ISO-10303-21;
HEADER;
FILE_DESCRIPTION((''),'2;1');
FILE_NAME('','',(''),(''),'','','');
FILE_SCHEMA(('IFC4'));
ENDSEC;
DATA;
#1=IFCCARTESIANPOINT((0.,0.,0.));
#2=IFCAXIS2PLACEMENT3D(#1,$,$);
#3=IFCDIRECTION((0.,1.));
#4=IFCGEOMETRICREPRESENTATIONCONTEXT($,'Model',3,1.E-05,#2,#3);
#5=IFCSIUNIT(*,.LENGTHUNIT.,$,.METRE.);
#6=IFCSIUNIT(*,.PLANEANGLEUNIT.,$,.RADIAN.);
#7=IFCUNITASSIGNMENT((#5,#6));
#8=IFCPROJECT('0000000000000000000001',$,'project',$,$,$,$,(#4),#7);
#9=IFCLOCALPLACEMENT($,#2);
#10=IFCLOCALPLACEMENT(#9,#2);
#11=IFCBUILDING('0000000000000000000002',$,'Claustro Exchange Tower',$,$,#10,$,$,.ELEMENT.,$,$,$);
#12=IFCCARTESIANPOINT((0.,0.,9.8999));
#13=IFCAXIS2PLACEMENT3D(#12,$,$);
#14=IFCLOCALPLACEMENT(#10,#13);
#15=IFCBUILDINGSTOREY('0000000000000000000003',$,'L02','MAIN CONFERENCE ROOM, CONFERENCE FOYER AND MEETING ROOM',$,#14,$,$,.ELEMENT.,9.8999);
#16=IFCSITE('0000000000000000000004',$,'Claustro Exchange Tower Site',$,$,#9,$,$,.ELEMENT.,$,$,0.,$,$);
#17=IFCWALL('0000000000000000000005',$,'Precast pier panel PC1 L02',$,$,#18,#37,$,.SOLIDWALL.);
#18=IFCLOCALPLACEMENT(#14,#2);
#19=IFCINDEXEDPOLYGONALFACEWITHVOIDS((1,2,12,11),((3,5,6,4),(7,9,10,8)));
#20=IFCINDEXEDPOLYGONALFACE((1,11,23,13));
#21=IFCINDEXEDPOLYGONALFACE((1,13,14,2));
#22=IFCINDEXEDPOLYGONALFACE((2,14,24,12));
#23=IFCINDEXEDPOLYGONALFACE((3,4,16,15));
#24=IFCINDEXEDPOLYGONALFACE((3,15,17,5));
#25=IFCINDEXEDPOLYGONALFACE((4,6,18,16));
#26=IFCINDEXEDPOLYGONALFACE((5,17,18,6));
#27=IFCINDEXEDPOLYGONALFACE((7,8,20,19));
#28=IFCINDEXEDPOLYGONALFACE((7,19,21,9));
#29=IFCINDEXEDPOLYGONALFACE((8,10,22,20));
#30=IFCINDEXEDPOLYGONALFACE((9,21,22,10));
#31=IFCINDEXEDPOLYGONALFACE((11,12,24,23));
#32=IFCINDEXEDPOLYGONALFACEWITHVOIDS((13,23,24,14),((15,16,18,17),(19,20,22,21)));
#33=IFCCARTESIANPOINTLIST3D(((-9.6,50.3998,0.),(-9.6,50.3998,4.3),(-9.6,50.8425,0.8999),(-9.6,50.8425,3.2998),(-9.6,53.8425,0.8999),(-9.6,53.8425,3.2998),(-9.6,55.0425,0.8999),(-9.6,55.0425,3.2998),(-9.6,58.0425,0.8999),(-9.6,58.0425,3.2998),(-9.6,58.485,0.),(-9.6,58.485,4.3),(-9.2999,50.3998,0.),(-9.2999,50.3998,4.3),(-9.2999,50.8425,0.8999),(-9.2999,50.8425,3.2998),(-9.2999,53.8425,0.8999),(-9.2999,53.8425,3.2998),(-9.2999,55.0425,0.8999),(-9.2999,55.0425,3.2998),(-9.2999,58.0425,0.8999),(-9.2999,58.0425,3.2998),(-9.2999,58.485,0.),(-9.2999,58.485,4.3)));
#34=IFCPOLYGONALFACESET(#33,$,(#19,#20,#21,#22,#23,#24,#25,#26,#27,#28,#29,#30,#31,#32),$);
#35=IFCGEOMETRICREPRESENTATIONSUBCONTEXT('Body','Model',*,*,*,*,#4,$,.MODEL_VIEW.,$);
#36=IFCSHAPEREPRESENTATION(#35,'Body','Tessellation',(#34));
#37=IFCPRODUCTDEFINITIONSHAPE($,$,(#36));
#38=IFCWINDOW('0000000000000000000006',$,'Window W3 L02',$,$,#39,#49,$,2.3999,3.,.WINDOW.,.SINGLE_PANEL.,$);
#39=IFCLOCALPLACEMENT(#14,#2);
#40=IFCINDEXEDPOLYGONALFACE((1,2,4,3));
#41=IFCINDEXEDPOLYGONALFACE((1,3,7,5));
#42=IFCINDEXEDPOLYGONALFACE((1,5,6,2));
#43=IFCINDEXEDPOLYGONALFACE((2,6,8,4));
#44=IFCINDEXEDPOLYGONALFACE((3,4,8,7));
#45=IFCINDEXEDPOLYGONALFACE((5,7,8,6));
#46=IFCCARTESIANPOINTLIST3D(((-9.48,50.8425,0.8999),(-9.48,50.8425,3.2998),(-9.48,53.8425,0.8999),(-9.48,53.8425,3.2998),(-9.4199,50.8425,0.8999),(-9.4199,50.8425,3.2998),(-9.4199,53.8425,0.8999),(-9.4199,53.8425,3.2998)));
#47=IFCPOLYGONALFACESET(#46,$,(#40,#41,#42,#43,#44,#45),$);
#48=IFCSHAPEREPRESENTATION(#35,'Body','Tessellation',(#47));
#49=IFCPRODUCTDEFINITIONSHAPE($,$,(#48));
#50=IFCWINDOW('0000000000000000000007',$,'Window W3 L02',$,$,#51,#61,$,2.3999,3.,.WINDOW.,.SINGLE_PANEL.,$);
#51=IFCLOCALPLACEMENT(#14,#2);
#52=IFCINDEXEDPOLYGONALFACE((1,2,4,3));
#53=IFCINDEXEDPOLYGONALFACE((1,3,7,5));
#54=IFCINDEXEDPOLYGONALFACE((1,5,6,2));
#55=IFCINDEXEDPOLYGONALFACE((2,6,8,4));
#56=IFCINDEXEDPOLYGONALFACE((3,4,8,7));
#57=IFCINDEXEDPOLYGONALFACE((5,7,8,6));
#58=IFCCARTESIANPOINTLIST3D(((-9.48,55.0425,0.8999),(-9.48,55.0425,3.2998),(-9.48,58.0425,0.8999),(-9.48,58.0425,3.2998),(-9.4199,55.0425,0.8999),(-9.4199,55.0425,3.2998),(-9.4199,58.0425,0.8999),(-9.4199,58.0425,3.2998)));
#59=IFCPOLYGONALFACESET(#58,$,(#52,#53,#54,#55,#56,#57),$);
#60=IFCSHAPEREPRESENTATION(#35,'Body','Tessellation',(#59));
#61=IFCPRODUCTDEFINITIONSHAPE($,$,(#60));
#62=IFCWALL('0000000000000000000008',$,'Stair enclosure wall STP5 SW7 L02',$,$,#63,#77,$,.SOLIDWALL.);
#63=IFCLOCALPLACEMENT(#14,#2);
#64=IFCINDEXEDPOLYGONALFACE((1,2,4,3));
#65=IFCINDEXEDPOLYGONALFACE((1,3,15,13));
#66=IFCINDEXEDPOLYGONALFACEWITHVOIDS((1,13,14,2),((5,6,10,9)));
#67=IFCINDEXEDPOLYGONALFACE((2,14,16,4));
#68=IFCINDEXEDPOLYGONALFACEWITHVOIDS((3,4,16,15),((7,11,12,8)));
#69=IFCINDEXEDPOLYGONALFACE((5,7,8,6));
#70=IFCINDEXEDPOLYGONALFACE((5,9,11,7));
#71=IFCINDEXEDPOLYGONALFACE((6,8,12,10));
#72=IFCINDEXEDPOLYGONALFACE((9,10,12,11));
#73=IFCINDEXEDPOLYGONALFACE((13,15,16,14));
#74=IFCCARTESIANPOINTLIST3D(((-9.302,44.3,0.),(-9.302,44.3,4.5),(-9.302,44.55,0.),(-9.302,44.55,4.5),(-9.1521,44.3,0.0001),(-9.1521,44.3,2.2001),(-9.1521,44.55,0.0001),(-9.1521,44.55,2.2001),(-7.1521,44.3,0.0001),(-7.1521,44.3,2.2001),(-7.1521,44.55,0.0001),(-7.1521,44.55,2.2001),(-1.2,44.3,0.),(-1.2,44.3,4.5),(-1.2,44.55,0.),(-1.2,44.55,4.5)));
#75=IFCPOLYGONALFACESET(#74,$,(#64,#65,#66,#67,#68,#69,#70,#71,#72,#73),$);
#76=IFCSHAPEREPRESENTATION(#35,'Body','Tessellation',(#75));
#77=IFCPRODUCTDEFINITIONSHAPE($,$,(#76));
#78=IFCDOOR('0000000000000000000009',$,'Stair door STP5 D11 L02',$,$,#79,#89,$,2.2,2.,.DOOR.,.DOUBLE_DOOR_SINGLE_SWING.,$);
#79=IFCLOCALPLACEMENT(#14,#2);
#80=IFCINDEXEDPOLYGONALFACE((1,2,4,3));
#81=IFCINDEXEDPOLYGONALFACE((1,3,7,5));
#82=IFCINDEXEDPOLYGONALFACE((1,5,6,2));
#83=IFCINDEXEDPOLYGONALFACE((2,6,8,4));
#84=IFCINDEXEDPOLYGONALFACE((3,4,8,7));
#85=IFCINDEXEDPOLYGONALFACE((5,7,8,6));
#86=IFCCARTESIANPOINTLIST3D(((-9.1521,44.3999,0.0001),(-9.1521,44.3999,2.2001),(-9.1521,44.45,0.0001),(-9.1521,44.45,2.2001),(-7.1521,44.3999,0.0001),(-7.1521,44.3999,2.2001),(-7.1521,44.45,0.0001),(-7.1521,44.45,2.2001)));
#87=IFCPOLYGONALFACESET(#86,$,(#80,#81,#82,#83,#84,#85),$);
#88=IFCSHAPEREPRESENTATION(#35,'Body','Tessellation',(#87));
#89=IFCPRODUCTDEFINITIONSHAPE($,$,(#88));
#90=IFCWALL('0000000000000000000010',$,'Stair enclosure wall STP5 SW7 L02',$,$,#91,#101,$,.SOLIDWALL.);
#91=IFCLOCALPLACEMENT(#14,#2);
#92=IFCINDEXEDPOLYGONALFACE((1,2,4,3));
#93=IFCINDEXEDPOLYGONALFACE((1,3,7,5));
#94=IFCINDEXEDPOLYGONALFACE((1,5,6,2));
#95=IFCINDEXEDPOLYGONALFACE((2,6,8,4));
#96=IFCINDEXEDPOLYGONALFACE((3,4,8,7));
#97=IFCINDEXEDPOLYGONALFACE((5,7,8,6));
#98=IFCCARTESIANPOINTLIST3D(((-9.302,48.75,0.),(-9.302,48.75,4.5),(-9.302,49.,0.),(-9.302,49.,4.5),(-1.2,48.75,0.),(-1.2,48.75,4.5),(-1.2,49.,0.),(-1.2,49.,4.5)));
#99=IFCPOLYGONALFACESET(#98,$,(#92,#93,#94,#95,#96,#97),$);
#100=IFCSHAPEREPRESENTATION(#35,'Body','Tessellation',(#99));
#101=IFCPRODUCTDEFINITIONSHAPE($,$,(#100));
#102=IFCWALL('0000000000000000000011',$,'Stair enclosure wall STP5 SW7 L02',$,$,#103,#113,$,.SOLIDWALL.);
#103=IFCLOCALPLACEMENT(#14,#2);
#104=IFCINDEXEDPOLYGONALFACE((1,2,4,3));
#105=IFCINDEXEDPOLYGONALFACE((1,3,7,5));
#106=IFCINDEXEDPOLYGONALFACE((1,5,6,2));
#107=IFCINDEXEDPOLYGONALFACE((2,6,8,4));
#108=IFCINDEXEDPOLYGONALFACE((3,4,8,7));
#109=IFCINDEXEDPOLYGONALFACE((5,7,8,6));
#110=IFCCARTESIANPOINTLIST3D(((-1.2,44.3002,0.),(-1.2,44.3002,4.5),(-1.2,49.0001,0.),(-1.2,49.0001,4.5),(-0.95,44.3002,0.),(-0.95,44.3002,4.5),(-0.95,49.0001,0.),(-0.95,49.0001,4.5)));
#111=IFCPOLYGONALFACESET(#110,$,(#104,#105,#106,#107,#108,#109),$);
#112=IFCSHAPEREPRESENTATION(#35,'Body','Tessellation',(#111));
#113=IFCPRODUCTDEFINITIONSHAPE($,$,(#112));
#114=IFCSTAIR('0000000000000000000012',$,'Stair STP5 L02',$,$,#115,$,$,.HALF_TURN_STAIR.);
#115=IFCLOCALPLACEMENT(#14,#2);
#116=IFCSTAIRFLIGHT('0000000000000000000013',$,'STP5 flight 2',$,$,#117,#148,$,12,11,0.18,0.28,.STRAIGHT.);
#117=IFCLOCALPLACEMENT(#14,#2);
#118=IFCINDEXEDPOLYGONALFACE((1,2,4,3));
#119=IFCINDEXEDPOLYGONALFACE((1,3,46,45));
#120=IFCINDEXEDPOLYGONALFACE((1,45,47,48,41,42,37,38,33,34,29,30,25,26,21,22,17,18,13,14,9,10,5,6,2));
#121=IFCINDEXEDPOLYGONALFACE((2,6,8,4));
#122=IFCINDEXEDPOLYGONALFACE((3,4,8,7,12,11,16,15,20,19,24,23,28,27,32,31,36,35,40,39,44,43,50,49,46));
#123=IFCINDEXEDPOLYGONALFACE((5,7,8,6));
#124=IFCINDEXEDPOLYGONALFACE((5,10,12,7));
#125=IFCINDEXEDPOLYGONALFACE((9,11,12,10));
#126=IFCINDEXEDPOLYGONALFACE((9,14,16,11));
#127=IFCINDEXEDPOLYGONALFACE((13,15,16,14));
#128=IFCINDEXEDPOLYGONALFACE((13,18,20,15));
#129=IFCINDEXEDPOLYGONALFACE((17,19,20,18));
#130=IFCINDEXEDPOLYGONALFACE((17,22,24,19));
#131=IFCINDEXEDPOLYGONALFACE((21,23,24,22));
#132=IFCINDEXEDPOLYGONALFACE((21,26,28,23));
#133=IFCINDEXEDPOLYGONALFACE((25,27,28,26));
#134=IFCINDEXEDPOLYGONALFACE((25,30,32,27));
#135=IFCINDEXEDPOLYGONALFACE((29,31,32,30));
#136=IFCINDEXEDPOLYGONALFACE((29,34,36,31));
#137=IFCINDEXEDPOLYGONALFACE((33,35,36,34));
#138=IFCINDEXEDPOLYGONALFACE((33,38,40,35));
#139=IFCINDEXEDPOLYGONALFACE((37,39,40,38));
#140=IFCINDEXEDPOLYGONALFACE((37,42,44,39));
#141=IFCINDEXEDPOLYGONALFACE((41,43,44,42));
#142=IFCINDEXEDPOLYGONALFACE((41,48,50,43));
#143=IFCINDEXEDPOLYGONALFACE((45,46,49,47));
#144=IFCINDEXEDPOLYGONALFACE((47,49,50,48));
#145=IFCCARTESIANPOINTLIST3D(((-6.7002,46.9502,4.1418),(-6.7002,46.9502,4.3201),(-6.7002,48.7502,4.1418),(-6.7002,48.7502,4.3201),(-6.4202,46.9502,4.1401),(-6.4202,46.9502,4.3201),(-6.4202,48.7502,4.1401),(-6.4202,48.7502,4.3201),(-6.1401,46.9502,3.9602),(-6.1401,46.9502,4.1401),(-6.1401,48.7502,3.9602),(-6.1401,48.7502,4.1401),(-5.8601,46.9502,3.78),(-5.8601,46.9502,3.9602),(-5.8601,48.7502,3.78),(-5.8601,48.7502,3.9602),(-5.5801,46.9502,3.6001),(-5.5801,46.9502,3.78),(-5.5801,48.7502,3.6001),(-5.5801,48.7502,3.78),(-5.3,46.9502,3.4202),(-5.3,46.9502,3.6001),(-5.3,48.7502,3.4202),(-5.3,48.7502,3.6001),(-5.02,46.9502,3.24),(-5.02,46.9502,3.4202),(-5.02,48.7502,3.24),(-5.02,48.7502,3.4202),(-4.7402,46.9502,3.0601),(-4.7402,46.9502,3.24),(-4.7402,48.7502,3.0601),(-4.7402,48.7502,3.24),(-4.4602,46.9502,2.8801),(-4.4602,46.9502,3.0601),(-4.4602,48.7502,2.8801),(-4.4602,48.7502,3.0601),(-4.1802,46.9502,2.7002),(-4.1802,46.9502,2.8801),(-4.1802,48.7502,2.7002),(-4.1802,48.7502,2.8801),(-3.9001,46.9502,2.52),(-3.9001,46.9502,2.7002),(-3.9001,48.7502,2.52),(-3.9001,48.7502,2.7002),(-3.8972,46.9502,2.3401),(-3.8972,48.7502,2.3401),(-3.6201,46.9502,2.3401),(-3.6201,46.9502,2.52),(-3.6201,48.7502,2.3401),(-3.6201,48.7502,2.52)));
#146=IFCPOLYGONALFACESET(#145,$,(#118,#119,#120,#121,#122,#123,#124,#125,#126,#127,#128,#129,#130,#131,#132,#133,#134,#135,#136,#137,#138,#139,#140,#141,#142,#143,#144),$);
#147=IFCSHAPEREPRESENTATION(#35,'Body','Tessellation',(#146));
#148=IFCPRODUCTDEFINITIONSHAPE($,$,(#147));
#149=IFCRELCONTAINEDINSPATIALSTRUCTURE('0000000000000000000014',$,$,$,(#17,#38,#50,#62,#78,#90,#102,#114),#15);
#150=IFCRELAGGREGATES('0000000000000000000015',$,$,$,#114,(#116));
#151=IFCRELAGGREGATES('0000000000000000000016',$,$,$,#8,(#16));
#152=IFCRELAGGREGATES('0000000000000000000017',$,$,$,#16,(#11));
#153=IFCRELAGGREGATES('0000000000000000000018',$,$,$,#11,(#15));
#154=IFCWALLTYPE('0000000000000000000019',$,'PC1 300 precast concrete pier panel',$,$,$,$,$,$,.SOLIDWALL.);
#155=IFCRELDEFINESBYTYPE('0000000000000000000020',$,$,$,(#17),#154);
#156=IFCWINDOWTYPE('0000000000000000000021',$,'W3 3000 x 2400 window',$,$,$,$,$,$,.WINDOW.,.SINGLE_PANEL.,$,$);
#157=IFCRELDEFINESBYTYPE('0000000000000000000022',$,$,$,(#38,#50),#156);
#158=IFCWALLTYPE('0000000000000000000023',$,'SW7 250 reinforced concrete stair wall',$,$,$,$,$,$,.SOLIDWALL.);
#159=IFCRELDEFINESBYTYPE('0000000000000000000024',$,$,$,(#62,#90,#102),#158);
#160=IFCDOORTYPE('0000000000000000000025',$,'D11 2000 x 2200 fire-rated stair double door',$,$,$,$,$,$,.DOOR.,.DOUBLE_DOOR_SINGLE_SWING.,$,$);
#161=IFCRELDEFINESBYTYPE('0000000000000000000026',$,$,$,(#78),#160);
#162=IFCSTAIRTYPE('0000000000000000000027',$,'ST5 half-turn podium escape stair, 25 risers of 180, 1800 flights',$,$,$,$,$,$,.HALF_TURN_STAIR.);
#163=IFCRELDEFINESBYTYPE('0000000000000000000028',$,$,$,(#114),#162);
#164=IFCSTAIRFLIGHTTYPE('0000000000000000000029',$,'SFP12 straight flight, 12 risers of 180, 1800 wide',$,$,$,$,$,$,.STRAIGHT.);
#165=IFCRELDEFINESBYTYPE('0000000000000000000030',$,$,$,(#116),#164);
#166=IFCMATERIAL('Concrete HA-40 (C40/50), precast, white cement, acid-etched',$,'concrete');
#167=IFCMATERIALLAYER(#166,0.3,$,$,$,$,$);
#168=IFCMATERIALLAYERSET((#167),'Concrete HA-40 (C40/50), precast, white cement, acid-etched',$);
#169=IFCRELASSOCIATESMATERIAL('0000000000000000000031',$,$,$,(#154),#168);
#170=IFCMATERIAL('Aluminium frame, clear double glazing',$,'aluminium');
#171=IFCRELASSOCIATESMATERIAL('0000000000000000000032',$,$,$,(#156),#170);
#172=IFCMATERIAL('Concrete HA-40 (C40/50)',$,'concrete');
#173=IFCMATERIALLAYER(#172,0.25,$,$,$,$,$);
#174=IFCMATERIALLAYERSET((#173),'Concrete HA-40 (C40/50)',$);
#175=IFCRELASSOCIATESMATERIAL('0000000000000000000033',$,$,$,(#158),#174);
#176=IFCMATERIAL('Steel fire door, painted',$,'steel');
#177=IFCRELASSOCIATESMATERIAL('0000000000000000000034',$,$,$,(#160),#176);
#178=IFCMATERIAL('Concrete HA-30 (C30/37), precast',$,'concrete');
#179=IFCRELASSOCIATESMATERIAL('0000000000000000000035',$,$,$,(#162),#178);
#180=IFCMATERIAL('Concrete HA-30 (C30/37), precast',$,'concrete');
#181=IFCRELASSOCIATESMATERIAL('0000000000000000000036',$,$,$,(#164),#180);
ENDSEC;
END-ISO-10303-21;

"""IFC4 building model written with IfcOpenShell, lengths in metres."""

from ifc_helpers import new_model, si_unit, direction, frame, frame_2d, origin, place, context, subcontext, project, spatial, polyline, rectangle, outline, extrude, material, layer, layer_set, type_object, element, fill, aggregate, save


model = new_model("IFC4")

# Units and contexts
model_context = context("Model", 3, precision=1e-05, world=origin(), true_north=direction((0.0, 1.0)))
body_context = subcontext(model_context, "Body", "Model", "MODEL_VIEW")
ifc_project = project(units=[si_unit("LENGTHUNIT", "METRE"), si_unit("PLANEANGLEUNIT", "RADIAN")], contexts=[model_context])

# Site, building, storey
site_placement = place(None, origin())
site = spatial("IfcSite", under=ifc_project, at=site_placement, Name="Claustro Exchange Tower Site", CompositionType="ELEMENT", RefElevation=0.0)
building_placement = place(site_placement, origin())
building = spatial("IfcBuilding", under=site, at=building_placement, Name="Claustro Exchange Tower", CompositionType="ELEMENT")
storey_placement = place(building_placement, frame((0.0, 0.0, 9.8999)))
storey = spatial("IfcBuildingStorey", under=building, at=storey_placement, Name="L02", Description="MAIN CONFERENCE ROOM, CONFERENCE FOYER AND MEETING ROOM", CompositionType="ELEMENT", Elevation=9.8999)

# Wall, openings, windows
ifc_material_1 = material(Name="Concrete HA-40 (C40/50), precast, white cement, acid-etched", Category="concrete")
ifc_layer_1 = layer(ifc_material_1, 0.3)
ifc_layer_set_1 = layer_set([ifc_layer_1], Name="Concrete HA-40 (C40/50), precast, white cement, acid-etched")
wall_type_1 = type_object("IfcWallType", Name="PC1 300 precast concrete pier panel", PredefinedType="SOLIDWALL", material=ifc_layer_set_1)
wall_1_placement = place(storey_placement, frame((-9.45, 50.3999, 0.0), z_axis=(0.0, 0.0, 1.0), x_axis=(0.0, 1.0, 0.0)))
wall_1 = element("IfcWall", 1, at=wall_1_placement, inside=storey, type_object=wall_type_1, Name="Precast pier panel PC1 L02", PredefinedType="SOLIDWALL", context=body_context, shape_type="SweptSolid", body=[
    extrude(rectangle(XDim=8.0852, YDim=0.3, at=frame_2d((4.0425, 0.0))), origin(), (0.0, 0.0, 1.0), 4.3),
])
opening_1_placement = place(wall_1_placement, frame((0.4426, 0.0, 0.8999)))
opening_1 = element("IfcOpeningElement", 2, at=opening_1_placement, cuts=wall_1, PredefinedType="OPENING", context=body_context, shape_type="SweptSolid", body=[
    extrude(rectangle(XDim=3.0, YDim=2.3999, at=frame_2d((1.5, 1.2))), frame((0.0, 0.1599, 0.0), z_axis=(0.0, -1.0, 0.0), x_axis=(1.0, 0.0, 0.0)), (0.0, 0.0, 1.0), 0.3201),
])
opening_2_placement = place(wall_1_placement, frame((4.6426, 0.0, 0.8999)))
opening_2 = element("IfcOpeningElement", 3, at=opening_2_placement, cuts=wall_1, PredefinedType="OPENING", context=body_context, shape_type="SweptSolid", body=[
    extrude(rectangle(XDim=3.0, YDim=2.3999, at=frame_2d((1.5, 1.2))), frame((0.0, 0.1599, 0.0), z_axis=(0.0, -1.0, 0.0), x_axis=(1.0, 0.0, 0.0)), (0.0, 0.0, 1.0), 0.3201),
])
ifc_material_2 = material(Name="Aluminium frame, clear double glazing", Category="aluminium")
window_type = type_object("IfcWindowType", Name="W3 3000 x 2400 window", PartitioningType="SINGLE_PANEL", PredefinedType="WINDOW", material=ifc_material_2)
window_1_placement = place(opening_1_placement, origin())
window_1 = element("IfcWindow", 4, at=window_1_placement, inside=storey, type_object=window_type, Name="Window W3 L02", OverallHeight=2.3999, OverallWidth=3.0, PartitioningType="SINGLE_PANEL", PredefinedType="WINDOW", context=body_context, shape_type="SweptSolid", body=[
    extrude(rectangle(XDim=3.0, YDim=2.3999, at=frame_2d((1.5, 1.2))), frame((0.0, 0.03, 0.0), z_axis=(0.0, -1.0, 0.0), x_axis=(1.0, 0.0, 0.0)), (0.0, 0.0, 1.0), 0.0601),
])
fill(opening_1, window_1)
window_2_placement = place(opening_2_placement, origin())
window_2 = element("IfcWindow", 5, at=window_2_placement, inside=storey, type_object=window_type, Name="Window W3 L02", OverallHeight=2.3999, OverallWidth=3.0, PartitioningType="SINGLE_PANEL", PredefinedType="WINDOW", context=body_context, shape_type="SweptSolid", body=[
    extrude(rectangle(XDim=3.0, YDim=2.3999, at=frame_2d((1.5, 1.2))), frame((0.0, 0.03, 0.0), z_axis=(0.0, -1.0, 0.0), x_axis=(1.0, 0.0, 0.0)), (0.0, 0.0, 1.0), 0.0601),
])
fill(opening_2, window_2)

# Wall, opening, door
ifc_material_3 = material(Name="Concrete HA-40 (C40/50)", Category="concrete")
ifc_layer_2 = layer(ifc_material_3, 0.25)
ifc_layer_set_2 = layer_set([ifc_layer_2], Name="Concrete HA-40 (C40/50)")
wall_type_2 = type_object("IfcWallType", Name="SW7 250 reinforced concrete stair wall", PredefinedType="SOLIDWALL", material=ifc_layer_set_2)
wall_2_placement = place(storey_placement, frame((-9.302, 44.425, 0.0), z_axis=(0.0, 0.0, 1.0), x_axis=(1.0, 0.0, 0.0)))
wall_2 = element("IfcWall", 6, at=wall_2_placement, inside=storey, type_object=wall_type_2, Name="Stair enclosure wall STP5 SW7 L02", PredefinedType="SOLIDWALL", context=body_context, shape_type="SweptSolid", body=[
    extrude(rectangle(XDim=8.1021, YDim=0.25, at=frame_2d((4.051, 0.0))), origin(), (0.0, 0.0, 1.0), 4.5),
])
opening_3_placement = place(wall_2_placement, frame((0.1499, 0.0, 0.0)))
opening_3 = element("IfcOpeningElement", 7, at=opening_3_placement, cuts=wall_2, PredefinedType="OPENING", context=body_context, shape_type="SweptSolid", body=[
    extrude(rectangle(XDim=2.0, YDim=2.2, at=frame_2d((1.0, 1.1001))), frame((0.0, 0.135, 0.0), z_axis=(0.0, -1.0, 0.0), x_axis=(1.0, 0.0, 0.0)), (0.0, 0.0, 1.0), 0.27),
])
ifc_material_4 = material(Name="Steel fire door, painted", Category="steel")
door_type = type_object("IfcDoorType", Name="D11 2000 x 2200 fire-rated stair double door", OperationType="DOUBLE_DOOR_SINGLE_SWING", PredefinedType="DOOR", material=ifc_material_4)
door_placement = place(opening_3_placement, origin())
door = element("IfcDoor", 8, at=door_placement, inside=storey, type_object=door_type, Name="Stair door STP5 D11 L02", OperationType="DOUBLE_DOOR_SINGLE_SWING", OverallHeight=2.2, OverallWidth=2.0, PredefinedType="DOOR", context=body_context, shape_type="SweptSolid", body=[
    extrude(rectangle(XDim=2.0, YDim=2.2, at=frame_2d((1.0, 1.1001))), frame((0.0, 0.0249, 0.0), z_axis=(0.0, -1.0, 0.0), x_axis=(1.0, 0.0, 0.0)), (0.0, 0.0, 1.0), 0.05),
])
fill(opening_3, door)

# Walls
wall_3_placement = place(storey_placement, frame((-9.302, 48.875, 0.0), z_axis=(0.0, 0.0, 1.0), x_axis=(1.0, 0.0, 0.0)))
element("IfcWall", 9, at=wall_3_placement, inside=storey, type_object=wall_type_2, Name="Stair enclosure wall STP5 SW7 L02", PredefinedType="SOLIDWALL", context=body_context, shape_type="SweptSolid", body=[
    extrude(rectangle(XDim=8.1021, YDim=0.25, at=frame_2d((4.051, 0.0))), origin(), (0.0, 0.0, 1.0), 4.5),
])
wall_4_placement = place(storey_placement, frame((-1.075, 44.3, 0.0), z_axis=(0.0, 0.0, 1.0), x_axis=(0.0, 1.0, 0.0)))
element("IfcWall", 10, at=wall_4_placement, inside=storey, type_object=wall_type_2, Name="Stair enclosure wall STP5 SW7 L02", PredefinedType="SOLIDWALL", context=body_context, shape_type="SweptSolid", body=[
    extrude(rectangle(XDim=4.7, YDim=0.25, at=frame_2d((2.3501, 0.0))), origin(), (0.0, 0.0, 1.0), 4.5),
])

# Stair, stair flight
ifc_material_5 = material(Name="Concrete HA-30 (C30/37), precast", Category="concrete")
stair_type = type_object("IfcStairType", Name="ST5 half-turn podium escape stair, 25 risers of 180, 1800 flights", PredefinedType="HALF_TURN_STAIR", material=ifc_material_5)
stair_placement = place(storey_placement, origin())
stair = element("IfcStair", 11, at=stair_placement, inside=storey, type_object=stair_type, Name="Stair STP5 L02", PredefinedType="HALF_TURN_STAIR")
ifc_material_6 = material(Name="Concrete HA-30 (C30/37), precast", Category="concrete")
stair_flight_type_1 = type_object("IfcStairFlightType", Name="SFP12 straight flight, 12 risers of 180, 1800 wide", PredefinedType="STRAIGHT", material=ifc_material_6)
stair_flight_1_placement = place(storey_placement, frame((-3.6201, 47.8501, 2.3401), z_axis=(0.0, 0.0, 1.0), x_axis=(-1.0, 0.0, 0.0)))
stair_flight_1 = element("IfcStairFlight", 12, at=stair_flight_1_placement, type_object=stair_flight_type_1, Name="STP5 flight 2", NumberOfRisers=12, NumberOfTreads=11, PredefinedType="STRAIGHT", RiserHeight=0.18, TreadLength=0.28, context=body_context, shape_type="SweptSolid", body=[
    extrude(outline(polyline([(0.0, 0.0), (0.0, 0.1799), (0.28, 0.1799), (0.28, 0.3601), (0.5601, 0.3601), (0.5601, 0.54), (0.8401, 0.54), (0.8401, 0.72), (1.1201, 0.72), (1.1201, 0.8999), (1.3999, 0.8999), (1.3999, 1.0801), (1.6799, 1.0801), (1.6799, 1.26), (1.96, 1.26), (1.96, 1.4399), (2.24, 1.4399), (2.24, 1.6201), (2.52, 1.6201), (2.52, 1.8), (2.8, 1.8), (2.8, 1.98), (3.0801, 1.98), (3.0801, 2.1599), (3.0801, 1.8018), (0.2771, 0.0), (0.0, 0.0)])), frame((0.0, 0.8999, 0.0), z_axis=(0.0, -1.0, 0.0), x_axis=(1.0, 0.0, 0.0)), (0.0, 0.0, 1.0), 1.8),
])
aggregate(stair, [stair_flight_1])

save(model, "model.ifc")
